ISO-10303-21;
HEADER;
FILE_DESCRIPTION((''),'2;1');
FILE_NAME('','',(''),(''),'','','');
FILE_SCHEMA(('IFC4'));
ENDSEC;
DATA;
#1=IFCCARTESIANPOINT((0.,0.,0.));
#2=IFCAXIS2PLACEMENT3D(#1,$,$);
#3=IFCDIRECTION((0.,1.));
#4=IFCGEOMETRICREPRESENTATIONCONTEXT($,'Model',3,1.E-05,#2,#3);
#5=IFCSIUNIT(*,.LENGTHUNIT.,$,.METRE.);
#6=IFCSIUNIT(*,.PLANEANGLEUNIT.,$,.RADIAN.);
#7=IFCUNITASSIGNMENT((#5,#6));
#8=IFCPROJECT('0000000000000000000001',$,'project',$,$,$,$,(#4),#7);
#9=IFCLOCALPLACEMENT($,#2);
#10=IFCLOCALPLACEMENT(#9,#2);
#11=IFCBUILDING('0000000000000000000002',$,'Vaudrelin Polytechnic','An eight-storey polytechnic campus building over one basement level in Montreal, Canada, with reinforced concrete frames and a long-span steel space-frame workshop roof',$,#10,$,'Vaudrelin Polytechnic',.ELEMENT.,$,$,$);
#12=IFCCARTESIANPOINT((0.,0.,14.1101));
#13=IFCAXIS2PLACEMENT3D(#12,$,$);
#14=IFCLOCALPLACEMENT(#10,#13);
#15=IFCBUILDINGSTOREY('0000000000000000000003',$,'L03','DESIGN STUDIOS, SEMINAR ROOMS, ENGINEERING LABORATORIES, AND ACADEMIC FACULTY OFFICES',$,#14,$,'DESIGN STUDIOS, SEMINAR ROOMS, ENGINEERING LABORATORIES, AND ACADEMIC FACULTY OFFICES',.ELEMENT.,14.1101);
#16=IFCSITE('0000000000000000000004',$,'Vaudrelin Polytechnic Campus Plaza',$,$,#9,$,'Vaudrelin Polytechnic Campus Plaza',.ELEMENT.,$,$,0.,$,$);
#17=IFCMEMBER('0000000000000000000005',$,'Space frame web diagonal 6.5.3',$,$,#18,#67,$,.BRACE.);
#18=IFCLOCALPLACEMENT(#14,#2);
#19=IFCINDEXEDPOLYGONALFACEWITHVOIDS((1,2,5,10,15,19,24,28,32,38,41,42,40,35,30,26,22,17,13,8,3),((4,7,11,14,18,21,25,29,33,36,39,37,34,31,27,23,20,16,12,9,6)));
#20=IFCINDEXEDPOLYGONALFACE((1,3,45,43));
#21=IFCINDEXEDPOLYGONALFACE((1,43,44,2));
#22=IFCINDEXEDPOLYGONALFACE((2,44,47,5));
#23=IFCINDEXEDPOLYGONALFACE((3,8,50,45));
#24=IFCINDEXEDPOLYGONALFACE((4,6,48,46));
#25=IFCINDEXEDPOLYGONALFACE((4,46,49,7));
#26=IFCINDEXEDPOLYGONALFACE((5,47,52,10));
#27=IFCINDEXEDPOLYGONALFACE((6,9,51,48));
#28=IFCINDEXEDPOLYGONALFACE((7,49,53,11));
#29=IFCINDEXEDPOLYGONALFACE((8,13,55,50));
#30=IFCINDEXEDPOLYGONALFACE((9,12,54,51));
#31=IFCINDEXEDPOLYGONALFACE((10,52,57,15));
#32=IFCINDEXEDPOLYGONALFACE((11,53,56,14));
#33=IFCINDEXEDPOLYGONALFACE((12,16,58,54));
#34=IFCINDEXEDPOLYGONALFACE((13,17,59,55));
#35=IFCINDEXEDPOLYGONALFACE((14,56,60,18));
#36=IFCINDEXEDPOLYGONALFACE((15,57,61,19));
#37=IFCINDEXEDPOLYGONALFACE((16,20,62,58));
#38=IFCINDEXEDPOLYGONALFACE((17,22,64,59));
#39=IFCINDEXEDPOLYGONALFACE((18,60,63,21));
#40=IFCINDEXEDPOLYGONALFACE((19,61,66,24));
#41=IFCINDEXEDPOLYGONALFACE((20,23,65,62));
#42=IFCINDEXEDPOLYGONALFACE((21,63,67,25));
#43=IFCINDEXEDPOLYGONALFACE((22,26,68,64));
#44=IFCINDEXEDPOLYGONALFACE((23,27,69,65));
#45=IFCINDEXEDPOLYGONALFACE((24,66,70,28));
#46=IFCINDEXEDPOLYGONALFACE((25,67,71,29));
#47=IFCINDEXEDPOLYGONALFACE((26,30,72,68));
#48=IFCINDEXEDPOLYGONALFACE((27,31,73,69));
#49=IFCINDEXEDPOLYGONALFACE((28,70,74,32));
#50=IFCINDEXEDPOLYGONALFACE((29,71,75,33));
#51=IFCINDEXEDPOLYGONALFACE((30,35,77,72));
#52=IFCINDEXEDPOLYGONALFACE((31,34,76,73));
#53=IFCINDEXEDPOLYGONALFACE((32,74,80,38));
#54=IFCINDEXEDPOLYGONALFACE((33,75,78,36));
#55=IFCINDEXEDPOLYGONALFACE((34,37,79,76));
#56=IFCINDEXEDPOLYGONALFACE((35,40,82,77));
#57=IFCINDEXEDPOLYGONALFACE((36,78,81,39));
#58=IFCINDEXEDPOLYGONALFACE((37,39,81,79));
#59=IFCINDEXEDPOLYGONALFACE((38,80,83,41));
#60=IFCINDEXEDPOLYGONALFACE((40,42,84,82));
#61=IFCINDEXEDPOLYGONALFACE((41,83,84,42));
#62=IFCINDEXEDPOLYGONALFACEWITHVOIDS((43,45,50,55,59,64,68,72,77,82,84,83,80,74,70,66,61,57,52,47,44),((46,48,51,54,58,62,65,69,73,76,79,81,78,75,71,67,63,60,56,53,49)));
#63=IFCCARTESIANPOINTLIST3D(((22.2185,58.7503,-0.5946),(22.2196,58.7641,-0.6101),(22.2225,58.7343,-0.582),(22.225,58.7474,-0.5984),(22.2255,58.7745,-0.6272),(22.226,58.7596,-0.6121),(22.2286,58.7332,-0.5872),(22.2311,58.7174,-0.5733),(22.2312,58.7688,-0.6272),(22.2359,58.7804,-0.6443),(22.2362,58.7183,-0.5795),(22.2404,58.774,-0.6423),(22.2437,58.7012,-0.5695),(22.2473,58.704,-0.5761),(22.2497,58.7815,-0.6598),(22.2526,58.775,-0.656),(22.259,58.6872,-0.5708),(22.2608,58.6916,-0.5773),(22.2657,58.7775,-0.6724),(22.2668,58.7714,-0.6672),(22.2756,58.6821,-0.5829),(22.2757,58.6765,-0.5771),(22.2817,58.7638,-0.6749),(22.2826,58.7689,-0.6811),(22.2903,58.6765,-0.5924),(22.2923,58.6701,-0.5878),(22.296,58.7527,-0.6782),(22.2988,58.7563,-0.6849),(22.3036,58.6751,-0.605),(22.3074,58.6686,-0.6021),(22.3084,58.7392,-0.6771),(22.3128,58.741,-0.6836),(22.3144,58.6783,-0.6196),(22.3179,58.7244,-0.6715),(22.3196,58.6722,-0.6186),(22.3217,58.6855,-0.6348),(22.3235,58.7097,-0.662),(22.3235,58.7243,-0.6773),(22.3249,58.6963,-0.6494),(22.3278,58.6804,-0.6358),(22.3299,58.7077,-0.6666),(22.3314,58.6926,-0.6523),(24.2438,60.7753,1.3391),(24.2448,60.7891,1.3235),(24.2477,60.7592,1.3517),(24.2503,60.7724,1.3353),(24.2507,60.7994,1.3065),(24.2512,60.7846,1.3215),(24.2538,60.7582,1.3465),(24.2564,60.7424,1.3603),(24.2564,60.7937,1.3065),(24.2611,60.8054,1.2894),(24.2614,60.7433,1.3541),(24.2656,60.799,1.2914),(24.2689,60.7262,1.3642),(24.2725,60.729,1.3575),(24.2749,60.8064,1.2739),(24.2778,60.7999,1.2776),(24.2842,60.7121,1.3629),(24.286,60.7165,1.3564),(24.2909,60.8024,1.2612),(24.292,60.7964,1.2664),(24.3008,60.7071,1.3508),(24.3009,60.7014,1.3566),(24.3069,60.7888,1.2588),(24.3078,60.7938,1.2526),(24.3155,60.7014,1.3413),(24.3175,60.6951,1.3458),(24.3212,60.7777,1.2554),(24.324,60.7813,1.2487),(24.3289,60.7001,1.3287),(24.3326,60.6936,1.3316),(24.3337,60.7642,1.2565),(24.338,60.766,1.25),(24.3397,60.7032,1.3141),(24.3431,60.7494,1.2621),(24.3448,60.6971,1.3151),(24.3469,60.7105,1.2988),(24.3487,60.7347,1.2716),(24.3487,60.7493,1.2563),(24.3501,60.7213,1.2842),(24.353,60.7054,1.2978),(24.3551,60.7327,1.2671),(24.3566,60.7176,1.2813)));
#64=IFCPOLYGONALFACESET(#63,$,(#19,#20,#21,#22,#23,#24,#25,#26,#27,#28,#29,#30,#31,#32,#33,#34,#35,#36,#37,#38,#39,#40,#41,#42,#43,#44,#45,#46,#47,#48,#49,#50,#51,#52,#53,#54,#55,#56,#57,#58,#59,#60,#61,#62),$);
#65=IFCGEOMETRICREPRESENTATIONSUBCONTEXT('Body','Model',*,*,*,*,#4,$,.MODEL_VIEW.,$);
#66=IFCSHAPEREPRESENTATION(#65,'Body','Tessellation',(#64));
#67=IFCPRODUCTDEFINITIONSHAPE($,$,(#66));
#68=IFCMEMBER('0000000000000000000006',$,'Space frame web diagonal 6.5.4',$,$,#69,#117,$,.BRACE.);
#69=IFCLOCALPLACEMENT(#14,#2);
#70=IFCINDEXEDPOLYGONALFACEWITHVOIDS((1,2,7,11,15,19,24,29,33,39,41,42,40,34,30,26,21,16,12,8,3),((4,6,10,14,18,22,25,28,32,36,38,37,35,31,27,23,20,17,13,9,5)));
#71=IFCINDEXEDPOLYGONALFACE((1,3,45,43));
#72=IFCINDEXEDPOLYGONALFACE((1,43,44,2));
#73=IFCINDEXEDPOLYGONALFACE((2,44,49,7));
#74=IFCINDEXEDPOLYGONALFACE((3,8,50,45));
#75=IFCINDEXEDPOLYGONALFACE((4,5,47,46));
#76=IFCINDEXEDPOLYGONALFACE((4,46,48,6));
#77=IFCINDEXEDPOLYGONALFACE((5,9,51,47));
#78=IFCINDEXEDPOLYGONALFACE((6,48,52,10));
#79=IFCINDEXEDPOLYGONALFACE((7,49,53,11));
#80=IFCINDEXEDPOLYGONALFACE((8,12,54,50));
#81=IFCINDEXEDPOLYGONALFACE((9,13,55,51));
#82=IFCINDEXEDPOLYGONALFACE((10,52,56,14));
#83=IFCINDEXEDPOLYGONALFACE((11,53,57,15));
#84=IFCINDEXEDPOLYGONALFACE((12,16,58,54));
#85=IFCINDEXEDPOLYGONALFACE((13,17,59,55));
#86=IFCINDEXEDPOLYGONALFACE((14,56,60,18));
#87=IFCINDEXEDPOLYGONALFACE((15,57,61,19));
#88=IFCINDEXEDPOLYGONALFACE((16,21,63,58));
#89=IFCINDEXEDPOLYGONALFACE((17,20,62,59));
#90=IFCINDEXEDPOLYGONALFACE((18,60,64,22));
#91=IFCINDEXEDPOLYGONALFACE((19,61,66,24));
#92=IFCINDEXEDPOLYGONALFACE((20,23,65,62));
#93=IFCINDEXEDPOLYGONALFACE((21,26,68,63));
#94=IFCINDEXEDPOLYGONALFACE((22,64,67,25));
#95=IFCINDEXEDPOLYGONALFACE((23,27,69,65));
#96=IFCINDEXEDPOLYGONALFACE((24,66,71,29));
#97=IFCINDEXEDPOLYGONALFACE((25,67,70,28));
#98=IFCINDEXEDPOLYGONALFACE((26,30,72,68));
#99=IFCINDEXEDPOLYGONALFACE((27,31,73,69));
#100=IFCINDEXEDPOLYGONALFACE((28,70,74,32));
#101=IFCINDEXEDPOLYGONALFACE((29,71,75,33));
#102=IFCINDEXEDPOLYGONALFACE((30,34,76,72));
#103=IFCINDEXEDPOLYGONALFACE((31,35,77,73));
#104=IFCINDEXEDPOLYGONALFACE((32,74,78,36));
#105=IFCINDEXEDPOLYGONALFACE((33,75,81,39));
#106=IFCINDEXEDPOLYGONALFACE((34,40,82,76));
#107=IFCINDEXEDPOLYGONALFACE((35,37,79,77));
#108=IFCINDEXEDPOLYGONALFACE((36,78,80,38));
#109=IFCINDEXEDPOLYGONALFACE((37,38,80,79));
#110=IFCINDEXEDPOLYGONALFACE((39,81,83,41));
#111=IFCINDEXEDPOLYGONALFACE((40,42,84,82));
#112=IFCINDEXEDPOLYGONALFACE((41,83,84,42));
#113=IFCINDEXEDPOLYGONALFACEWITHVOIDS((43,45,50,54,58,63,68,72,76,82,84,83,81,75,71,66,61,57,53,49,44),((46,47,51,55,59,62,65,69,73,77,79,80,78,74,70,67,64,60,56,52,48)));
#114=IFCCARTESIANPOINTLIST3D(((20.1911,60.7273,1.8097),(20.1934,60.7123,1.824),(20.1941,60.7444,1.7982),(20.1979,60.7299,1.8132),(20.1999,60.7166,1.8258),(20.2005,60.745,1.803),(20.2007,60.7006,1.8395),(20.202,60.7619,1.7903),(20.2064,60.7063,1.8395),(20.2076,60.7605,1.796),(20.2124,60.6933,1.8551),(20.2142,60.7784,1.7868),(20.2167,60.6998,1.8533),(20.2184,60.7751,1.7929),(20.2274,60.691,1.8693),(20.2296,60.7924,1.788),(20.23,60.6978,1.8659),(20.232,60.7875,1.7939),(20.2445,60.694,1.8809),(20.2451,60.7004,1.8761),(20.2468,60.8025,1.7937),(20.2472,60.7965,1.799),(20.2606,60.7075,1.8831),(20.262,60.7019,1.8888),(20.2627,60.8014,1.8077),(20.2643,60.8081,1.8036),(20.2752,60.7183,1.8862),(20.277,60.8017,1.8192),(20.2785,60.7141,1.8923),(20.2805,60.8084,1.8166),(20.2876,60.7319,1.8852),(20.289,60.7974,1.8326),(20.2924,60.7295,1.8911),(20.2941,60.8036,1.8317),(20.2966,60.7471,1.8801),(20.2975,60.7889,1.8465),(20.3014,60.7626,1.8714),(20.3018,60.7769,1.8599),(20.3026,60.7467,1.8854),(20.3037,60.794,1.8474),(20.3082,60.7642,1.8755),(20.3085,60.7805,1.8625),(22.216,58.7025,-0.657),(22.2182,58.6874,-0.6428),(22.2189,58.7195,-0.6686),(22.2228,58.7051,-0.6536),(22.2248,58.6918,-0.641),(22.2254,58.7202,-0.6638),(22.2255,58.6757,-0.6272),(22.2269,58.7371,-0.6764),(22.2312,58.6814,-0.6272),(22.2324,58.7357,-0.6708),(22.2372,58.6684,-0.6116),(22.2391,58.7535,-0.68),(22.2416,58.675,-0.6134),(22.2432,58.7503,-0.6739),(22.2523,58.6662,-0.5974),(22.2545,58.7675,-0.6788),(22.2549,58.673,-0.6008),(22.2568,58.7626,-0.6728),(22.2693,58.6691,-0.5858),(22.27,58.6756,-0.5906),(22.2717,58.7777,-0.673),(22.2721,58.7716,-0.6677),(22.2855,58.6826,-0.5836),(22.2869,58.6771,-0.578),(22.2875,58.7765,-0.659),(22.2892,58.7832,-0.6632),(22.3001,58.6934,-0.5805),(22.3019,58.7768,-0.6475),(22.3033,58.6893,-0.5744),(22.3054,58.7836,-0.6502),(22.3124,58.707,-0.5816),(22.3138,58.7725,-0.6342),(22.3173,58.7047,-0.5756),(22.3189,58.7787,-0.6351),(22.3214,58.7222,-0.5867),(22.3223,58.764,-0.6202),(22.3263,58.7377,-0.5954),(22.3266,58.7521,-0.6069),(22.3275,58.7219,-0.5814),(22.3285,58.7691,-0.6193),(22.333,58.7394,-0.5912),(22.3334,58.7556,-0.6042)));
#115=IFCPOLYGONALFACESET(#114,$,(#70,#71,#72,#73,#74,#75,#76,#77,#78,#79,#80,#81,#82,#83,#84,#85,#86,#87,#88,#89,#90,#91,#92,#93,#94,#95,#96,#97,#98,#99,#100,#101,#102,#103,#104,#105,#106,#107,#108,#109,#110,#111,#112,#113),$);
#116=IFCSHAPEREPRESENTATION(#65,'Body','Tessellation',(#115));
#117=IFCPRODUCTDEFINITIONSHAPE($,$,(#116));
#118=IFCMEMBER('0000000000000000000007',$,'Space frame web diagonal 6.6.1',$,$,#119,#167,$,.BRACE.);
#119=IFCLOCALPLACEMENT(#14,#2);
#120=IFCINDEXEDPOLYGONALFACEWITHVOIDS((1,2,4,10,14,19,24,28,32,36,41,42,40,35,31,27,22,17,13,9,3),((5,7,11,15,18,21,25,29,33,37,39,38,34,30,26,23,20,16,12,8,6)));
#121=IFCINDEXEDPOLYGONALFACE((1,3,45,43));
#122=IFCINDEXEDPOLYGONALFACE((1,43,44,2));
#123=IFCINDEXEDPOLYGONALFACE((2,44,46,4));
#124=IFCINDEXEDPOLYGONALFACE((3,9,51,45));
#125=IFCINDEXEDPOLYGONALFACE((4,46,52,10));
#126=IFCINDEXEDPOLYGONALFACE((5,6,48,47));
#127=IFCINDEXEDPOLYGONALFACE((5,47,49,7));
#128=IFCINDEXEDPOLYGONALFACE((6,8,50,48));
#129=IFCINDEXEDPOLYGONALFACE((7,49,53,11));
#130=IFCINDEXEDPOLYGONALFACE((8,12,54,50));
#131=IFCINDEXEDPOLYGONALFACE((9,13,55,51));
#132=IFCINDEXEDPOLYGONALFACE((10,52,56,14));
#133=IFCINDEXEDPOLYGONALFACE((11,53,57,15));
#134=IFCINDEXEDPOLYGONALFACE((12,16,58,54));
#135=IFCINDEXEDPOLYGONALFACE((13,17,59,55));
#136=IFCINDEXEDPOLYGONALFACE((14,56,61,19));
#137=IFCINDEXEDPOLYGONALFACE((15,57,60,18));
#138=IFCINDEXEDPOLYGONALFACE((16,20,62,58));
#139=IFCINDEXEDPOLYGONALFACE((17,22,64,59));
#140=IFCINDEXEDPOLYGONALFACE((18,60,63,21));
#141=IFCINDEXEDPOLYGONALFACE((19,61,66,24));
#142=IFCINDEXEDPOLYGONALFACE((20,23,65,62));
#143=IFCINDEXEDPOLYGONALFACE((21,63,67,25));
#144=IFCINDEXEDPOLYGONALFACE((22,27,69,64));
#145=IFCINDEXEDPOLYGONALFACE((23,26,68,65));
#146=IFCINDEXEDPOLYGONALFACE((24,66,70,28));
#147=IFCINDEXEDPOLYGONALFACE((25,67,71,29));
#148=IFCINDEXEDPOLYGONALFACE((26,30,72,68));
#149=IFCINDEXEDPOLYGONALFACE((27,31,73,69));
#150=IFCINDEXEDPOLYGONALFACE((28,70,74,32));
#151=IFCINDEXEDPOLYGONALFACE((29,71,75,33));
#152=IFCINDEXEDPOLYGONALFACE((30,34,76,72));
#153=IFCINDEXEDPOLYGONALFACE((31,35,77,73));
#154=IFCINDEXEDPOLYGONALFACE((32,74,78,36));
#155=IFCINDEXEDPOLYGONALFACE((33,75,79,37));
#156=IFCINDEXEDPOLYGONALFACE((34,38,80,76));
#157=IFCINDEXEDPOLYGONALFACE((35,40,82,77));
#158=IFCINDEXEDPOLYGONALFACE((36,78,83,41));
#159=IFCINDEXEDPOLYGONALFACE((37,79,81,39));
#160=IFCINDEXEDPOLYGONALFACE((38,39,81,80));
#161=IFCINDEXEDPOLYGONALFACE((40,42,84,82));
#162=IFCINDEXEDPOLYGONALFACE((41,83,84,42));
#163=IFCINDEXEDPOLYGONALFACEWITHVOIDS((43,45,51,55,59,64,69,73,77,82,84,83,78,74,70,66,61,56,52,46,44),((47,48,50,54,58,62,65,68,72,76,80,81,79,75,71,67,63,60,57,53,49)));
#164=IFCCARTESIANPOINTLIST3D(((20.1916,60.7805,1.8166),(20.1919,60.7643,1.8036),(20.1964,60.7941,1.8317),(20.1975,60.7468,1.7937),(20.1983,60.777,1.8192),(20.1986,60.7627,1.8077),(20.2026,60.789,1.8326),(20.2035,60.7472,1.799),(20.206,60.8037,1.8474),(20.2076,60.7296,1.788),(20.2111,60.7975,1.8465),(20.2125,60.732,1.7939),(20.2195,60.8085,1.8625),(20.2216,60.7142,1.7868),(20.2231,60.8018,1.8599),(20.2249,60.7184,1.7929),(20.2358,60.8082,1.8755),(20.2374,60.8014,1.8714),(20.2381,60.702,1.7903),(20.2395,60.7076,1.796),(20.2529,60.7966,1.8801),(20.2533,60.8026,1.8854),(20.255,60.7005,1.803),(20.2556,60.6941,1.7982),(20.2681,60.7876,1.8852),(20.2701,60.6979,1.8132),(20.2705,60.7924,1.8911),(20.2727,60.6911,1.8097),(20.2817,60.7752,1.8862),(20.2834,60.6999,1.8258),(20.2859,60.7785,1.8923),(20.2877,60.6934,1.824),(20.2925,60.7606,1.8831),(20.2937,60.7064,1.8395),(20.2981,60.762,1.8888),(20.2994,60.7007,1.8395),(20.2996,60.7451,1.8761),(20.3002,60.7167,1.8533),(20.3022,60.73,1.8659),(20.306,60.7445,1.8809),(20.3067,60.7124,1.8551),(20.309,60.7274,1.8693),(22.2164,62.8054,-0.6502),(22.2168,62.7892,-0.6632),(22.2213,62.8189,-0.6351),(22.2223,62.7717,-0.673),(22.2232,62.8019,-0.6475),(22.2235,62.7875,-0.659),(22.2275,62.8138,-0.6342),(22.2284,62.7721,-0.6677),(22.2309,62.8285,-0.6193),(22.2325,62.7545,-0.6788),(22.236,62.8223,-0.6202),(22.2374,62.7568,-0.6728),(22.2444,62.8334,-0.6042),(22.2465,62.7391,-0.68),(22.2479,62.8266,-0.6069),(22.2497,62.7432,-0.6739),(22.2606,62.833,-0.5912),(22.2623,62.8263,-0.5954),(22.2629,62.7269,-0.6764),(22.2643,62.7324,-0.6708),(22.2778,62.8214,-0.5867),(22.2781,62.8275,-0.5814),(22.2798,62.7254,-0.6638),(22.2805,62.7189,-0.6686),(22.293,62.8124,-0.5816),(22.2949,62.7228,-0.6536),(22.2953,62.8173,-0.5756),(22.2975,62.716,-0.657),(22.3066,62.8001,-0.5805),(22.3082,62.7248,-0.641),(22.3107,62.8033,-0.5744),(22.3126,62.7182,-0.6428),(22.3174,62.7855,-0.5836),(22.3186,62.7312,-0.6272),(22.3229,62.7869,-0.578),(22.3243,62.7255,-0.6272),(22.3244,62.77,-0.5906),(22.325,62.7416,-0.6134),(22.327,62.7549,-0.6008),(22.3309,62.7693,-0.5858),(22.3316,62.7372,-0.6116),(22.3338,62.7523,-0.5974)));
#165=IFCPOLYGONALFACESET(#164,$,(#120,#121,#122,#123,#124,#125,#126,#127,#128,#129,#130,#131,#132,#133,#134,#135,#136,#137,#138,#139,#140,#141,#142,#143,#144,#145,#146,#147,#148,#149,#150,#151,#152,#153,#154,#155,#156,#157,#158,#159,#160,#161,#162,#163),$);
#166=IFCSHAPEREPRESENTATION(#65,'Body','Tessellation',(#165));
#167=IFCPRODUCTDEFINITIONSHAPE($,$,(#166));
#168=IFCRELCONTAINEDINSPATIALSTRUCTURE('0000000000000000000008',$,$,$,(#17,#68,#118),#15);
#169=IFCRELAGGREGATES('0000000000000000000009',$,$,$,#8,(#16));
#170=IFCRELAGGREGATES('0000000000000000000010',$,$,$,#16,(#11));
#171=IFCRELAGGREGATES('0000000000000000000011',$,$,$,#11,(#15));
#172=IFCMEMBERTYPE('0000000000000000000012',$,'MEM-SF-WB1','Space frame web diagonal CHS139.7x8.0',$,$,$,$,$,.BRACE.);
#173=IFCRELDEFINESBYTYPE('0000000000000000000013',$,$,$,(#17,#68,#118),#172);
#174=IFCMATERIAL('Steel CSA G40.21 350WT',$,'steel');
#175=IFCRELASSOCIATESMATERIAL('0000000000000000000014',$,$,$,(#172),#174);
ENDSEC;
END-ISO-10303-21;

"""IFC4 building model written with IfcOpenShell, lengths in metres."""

from ifc_helpers import new_model, si_unit, direction, frame, origin, origin_2d, place, context, subcontext, project, spatial, hollow_circle, extrude, material, material_profile, profile_set, type_object, element, save


model = new_model("IFC4")

# Units and contexts
model_context = context("Model", 3, precision=1e-05, world=origin(), true_north=direction((0.0, 1.0)))
body_context = subcontext(model_context, "Body", "Model", "MODEL_VIEW")
ifc_project = project(units=[si_unit("LENGTHUNIT", "METRE"), si_unit("PLANEANGLEUNIT", "RADIAN")], contexts=[model_context])

# Site, building, storey
site_placement = place(None, origin())
site = spatial("IfcSite", under=ifc_project, at=site_placement, Name="Vaudrelin Polytechnic Campus Plaza", LongName="Vaudrelin Polytechnic Campus Plaza", CompositionType="ELEMENT", RefElevation=0.0)
building_placement = place(site_placement, origin())
building = spatial("IfcBuilding", under=site, at=building_placement, Name="Vaudrelin Polytechnic", Description="An eight-storey polytechnic campus building over one basement level in Montreal, Canada, with reinforced concrete frames and a long-span steel space-frame workshop roof", LongName="Vaudrelin Polytechnic", CompositionType="ELEMENT")
storey_placement = place(building_placement, frame((0.0, 0.0, 14.1101)))
storey = spatial("IfcBuildingStorey", under=building, at=storey_placement, Name="L03", Description="DESIGN STUDIOS, SEMINAR ROOMS, ENGINEERING LABORATORIES, AND ACADEMIC FACULTY OFFICES", LongName="DESIGN STUDIOS, SEMINAR ROOMS, ENGINEERING LABORATORIES, AND ACADEMIC FACULTY OFFICES", CompositionType="ELEMENT", Elevation=14.1101)

# Members
ifc_material = material(Name="Steel CSA G40.21 350WT", Category="steel")
ifc_material_profile_1 = material_profile(ifc_material, hollow_circle(Radius=0.0698, WallThickness=0.0081, at=origin_2d()), Name="CHS139.7x8.0")
ifc_profile_set_1 = profile_set([ifc_material_profile_1], Name="Steel CSA G40.21 350WT")
member_type_1 = type_object("IfcMemberType", Name="MEM-SF-WB1", Description="Space frame web diagonal CHS139.7x8.0", PredefinedType="BRACE", material=ifc_profile_set_1)
for number, where, z_axis, x_axis, name in (
    (1, (22.2749, 58.7251, -0.6272), (0.586071, 0.586, 0.559576), (-0.707064, 0.707149, 0.0), "Space frame web diagonal 6.5.3"),
):
    element("IfcMember", number, at=place(storey_placement, frame(where, z_axis=z_axis, x_axis=x_axis)), inside=storey, type_object=member_type_1, Name=name, PredefinedType="BRACE", context=body_context, shape_type="SweptSolid", body=[
        extrude(hollow_circle(Radius=0.0698, WallThickness=0.0081, at=origin_2d()), origin(), (0.0, 0.0, 1.0), 3.4556),
    ])
for number, where, z_axis, x_axis, name in (
    (2, (22.2749, 58.7251, -0.6272), (-0.535742, 0.535742, 0.652657), (-0.707107, -0.707107, 0.0), "Space frame web diagonal 6.5.4"),
    (3, (22.2749, 62.7749, -0.6272), (-0.535742, -0.535742, 0.652657), (0.707107, -0.707107, 0.0), "Space frame web diagonal 6.6.1"),
):
    element("IfcMember", number, at=place(storey_placement, frame(where, z_axis=z_axis, x_axis=x_axis)), inside=storey, type_object=member_type_1, Name=name, PredefinedType="BRACE", context=body_context, shape_type="SweptSolid", body=[
        extrude(hollow_circle(Radius=0.0698, WallThickness=0.0081, at=origin_2d()), origin(), (0.0, 0.0, 1.0), 3.7795),
    ])

save(model, "model.ifc")
